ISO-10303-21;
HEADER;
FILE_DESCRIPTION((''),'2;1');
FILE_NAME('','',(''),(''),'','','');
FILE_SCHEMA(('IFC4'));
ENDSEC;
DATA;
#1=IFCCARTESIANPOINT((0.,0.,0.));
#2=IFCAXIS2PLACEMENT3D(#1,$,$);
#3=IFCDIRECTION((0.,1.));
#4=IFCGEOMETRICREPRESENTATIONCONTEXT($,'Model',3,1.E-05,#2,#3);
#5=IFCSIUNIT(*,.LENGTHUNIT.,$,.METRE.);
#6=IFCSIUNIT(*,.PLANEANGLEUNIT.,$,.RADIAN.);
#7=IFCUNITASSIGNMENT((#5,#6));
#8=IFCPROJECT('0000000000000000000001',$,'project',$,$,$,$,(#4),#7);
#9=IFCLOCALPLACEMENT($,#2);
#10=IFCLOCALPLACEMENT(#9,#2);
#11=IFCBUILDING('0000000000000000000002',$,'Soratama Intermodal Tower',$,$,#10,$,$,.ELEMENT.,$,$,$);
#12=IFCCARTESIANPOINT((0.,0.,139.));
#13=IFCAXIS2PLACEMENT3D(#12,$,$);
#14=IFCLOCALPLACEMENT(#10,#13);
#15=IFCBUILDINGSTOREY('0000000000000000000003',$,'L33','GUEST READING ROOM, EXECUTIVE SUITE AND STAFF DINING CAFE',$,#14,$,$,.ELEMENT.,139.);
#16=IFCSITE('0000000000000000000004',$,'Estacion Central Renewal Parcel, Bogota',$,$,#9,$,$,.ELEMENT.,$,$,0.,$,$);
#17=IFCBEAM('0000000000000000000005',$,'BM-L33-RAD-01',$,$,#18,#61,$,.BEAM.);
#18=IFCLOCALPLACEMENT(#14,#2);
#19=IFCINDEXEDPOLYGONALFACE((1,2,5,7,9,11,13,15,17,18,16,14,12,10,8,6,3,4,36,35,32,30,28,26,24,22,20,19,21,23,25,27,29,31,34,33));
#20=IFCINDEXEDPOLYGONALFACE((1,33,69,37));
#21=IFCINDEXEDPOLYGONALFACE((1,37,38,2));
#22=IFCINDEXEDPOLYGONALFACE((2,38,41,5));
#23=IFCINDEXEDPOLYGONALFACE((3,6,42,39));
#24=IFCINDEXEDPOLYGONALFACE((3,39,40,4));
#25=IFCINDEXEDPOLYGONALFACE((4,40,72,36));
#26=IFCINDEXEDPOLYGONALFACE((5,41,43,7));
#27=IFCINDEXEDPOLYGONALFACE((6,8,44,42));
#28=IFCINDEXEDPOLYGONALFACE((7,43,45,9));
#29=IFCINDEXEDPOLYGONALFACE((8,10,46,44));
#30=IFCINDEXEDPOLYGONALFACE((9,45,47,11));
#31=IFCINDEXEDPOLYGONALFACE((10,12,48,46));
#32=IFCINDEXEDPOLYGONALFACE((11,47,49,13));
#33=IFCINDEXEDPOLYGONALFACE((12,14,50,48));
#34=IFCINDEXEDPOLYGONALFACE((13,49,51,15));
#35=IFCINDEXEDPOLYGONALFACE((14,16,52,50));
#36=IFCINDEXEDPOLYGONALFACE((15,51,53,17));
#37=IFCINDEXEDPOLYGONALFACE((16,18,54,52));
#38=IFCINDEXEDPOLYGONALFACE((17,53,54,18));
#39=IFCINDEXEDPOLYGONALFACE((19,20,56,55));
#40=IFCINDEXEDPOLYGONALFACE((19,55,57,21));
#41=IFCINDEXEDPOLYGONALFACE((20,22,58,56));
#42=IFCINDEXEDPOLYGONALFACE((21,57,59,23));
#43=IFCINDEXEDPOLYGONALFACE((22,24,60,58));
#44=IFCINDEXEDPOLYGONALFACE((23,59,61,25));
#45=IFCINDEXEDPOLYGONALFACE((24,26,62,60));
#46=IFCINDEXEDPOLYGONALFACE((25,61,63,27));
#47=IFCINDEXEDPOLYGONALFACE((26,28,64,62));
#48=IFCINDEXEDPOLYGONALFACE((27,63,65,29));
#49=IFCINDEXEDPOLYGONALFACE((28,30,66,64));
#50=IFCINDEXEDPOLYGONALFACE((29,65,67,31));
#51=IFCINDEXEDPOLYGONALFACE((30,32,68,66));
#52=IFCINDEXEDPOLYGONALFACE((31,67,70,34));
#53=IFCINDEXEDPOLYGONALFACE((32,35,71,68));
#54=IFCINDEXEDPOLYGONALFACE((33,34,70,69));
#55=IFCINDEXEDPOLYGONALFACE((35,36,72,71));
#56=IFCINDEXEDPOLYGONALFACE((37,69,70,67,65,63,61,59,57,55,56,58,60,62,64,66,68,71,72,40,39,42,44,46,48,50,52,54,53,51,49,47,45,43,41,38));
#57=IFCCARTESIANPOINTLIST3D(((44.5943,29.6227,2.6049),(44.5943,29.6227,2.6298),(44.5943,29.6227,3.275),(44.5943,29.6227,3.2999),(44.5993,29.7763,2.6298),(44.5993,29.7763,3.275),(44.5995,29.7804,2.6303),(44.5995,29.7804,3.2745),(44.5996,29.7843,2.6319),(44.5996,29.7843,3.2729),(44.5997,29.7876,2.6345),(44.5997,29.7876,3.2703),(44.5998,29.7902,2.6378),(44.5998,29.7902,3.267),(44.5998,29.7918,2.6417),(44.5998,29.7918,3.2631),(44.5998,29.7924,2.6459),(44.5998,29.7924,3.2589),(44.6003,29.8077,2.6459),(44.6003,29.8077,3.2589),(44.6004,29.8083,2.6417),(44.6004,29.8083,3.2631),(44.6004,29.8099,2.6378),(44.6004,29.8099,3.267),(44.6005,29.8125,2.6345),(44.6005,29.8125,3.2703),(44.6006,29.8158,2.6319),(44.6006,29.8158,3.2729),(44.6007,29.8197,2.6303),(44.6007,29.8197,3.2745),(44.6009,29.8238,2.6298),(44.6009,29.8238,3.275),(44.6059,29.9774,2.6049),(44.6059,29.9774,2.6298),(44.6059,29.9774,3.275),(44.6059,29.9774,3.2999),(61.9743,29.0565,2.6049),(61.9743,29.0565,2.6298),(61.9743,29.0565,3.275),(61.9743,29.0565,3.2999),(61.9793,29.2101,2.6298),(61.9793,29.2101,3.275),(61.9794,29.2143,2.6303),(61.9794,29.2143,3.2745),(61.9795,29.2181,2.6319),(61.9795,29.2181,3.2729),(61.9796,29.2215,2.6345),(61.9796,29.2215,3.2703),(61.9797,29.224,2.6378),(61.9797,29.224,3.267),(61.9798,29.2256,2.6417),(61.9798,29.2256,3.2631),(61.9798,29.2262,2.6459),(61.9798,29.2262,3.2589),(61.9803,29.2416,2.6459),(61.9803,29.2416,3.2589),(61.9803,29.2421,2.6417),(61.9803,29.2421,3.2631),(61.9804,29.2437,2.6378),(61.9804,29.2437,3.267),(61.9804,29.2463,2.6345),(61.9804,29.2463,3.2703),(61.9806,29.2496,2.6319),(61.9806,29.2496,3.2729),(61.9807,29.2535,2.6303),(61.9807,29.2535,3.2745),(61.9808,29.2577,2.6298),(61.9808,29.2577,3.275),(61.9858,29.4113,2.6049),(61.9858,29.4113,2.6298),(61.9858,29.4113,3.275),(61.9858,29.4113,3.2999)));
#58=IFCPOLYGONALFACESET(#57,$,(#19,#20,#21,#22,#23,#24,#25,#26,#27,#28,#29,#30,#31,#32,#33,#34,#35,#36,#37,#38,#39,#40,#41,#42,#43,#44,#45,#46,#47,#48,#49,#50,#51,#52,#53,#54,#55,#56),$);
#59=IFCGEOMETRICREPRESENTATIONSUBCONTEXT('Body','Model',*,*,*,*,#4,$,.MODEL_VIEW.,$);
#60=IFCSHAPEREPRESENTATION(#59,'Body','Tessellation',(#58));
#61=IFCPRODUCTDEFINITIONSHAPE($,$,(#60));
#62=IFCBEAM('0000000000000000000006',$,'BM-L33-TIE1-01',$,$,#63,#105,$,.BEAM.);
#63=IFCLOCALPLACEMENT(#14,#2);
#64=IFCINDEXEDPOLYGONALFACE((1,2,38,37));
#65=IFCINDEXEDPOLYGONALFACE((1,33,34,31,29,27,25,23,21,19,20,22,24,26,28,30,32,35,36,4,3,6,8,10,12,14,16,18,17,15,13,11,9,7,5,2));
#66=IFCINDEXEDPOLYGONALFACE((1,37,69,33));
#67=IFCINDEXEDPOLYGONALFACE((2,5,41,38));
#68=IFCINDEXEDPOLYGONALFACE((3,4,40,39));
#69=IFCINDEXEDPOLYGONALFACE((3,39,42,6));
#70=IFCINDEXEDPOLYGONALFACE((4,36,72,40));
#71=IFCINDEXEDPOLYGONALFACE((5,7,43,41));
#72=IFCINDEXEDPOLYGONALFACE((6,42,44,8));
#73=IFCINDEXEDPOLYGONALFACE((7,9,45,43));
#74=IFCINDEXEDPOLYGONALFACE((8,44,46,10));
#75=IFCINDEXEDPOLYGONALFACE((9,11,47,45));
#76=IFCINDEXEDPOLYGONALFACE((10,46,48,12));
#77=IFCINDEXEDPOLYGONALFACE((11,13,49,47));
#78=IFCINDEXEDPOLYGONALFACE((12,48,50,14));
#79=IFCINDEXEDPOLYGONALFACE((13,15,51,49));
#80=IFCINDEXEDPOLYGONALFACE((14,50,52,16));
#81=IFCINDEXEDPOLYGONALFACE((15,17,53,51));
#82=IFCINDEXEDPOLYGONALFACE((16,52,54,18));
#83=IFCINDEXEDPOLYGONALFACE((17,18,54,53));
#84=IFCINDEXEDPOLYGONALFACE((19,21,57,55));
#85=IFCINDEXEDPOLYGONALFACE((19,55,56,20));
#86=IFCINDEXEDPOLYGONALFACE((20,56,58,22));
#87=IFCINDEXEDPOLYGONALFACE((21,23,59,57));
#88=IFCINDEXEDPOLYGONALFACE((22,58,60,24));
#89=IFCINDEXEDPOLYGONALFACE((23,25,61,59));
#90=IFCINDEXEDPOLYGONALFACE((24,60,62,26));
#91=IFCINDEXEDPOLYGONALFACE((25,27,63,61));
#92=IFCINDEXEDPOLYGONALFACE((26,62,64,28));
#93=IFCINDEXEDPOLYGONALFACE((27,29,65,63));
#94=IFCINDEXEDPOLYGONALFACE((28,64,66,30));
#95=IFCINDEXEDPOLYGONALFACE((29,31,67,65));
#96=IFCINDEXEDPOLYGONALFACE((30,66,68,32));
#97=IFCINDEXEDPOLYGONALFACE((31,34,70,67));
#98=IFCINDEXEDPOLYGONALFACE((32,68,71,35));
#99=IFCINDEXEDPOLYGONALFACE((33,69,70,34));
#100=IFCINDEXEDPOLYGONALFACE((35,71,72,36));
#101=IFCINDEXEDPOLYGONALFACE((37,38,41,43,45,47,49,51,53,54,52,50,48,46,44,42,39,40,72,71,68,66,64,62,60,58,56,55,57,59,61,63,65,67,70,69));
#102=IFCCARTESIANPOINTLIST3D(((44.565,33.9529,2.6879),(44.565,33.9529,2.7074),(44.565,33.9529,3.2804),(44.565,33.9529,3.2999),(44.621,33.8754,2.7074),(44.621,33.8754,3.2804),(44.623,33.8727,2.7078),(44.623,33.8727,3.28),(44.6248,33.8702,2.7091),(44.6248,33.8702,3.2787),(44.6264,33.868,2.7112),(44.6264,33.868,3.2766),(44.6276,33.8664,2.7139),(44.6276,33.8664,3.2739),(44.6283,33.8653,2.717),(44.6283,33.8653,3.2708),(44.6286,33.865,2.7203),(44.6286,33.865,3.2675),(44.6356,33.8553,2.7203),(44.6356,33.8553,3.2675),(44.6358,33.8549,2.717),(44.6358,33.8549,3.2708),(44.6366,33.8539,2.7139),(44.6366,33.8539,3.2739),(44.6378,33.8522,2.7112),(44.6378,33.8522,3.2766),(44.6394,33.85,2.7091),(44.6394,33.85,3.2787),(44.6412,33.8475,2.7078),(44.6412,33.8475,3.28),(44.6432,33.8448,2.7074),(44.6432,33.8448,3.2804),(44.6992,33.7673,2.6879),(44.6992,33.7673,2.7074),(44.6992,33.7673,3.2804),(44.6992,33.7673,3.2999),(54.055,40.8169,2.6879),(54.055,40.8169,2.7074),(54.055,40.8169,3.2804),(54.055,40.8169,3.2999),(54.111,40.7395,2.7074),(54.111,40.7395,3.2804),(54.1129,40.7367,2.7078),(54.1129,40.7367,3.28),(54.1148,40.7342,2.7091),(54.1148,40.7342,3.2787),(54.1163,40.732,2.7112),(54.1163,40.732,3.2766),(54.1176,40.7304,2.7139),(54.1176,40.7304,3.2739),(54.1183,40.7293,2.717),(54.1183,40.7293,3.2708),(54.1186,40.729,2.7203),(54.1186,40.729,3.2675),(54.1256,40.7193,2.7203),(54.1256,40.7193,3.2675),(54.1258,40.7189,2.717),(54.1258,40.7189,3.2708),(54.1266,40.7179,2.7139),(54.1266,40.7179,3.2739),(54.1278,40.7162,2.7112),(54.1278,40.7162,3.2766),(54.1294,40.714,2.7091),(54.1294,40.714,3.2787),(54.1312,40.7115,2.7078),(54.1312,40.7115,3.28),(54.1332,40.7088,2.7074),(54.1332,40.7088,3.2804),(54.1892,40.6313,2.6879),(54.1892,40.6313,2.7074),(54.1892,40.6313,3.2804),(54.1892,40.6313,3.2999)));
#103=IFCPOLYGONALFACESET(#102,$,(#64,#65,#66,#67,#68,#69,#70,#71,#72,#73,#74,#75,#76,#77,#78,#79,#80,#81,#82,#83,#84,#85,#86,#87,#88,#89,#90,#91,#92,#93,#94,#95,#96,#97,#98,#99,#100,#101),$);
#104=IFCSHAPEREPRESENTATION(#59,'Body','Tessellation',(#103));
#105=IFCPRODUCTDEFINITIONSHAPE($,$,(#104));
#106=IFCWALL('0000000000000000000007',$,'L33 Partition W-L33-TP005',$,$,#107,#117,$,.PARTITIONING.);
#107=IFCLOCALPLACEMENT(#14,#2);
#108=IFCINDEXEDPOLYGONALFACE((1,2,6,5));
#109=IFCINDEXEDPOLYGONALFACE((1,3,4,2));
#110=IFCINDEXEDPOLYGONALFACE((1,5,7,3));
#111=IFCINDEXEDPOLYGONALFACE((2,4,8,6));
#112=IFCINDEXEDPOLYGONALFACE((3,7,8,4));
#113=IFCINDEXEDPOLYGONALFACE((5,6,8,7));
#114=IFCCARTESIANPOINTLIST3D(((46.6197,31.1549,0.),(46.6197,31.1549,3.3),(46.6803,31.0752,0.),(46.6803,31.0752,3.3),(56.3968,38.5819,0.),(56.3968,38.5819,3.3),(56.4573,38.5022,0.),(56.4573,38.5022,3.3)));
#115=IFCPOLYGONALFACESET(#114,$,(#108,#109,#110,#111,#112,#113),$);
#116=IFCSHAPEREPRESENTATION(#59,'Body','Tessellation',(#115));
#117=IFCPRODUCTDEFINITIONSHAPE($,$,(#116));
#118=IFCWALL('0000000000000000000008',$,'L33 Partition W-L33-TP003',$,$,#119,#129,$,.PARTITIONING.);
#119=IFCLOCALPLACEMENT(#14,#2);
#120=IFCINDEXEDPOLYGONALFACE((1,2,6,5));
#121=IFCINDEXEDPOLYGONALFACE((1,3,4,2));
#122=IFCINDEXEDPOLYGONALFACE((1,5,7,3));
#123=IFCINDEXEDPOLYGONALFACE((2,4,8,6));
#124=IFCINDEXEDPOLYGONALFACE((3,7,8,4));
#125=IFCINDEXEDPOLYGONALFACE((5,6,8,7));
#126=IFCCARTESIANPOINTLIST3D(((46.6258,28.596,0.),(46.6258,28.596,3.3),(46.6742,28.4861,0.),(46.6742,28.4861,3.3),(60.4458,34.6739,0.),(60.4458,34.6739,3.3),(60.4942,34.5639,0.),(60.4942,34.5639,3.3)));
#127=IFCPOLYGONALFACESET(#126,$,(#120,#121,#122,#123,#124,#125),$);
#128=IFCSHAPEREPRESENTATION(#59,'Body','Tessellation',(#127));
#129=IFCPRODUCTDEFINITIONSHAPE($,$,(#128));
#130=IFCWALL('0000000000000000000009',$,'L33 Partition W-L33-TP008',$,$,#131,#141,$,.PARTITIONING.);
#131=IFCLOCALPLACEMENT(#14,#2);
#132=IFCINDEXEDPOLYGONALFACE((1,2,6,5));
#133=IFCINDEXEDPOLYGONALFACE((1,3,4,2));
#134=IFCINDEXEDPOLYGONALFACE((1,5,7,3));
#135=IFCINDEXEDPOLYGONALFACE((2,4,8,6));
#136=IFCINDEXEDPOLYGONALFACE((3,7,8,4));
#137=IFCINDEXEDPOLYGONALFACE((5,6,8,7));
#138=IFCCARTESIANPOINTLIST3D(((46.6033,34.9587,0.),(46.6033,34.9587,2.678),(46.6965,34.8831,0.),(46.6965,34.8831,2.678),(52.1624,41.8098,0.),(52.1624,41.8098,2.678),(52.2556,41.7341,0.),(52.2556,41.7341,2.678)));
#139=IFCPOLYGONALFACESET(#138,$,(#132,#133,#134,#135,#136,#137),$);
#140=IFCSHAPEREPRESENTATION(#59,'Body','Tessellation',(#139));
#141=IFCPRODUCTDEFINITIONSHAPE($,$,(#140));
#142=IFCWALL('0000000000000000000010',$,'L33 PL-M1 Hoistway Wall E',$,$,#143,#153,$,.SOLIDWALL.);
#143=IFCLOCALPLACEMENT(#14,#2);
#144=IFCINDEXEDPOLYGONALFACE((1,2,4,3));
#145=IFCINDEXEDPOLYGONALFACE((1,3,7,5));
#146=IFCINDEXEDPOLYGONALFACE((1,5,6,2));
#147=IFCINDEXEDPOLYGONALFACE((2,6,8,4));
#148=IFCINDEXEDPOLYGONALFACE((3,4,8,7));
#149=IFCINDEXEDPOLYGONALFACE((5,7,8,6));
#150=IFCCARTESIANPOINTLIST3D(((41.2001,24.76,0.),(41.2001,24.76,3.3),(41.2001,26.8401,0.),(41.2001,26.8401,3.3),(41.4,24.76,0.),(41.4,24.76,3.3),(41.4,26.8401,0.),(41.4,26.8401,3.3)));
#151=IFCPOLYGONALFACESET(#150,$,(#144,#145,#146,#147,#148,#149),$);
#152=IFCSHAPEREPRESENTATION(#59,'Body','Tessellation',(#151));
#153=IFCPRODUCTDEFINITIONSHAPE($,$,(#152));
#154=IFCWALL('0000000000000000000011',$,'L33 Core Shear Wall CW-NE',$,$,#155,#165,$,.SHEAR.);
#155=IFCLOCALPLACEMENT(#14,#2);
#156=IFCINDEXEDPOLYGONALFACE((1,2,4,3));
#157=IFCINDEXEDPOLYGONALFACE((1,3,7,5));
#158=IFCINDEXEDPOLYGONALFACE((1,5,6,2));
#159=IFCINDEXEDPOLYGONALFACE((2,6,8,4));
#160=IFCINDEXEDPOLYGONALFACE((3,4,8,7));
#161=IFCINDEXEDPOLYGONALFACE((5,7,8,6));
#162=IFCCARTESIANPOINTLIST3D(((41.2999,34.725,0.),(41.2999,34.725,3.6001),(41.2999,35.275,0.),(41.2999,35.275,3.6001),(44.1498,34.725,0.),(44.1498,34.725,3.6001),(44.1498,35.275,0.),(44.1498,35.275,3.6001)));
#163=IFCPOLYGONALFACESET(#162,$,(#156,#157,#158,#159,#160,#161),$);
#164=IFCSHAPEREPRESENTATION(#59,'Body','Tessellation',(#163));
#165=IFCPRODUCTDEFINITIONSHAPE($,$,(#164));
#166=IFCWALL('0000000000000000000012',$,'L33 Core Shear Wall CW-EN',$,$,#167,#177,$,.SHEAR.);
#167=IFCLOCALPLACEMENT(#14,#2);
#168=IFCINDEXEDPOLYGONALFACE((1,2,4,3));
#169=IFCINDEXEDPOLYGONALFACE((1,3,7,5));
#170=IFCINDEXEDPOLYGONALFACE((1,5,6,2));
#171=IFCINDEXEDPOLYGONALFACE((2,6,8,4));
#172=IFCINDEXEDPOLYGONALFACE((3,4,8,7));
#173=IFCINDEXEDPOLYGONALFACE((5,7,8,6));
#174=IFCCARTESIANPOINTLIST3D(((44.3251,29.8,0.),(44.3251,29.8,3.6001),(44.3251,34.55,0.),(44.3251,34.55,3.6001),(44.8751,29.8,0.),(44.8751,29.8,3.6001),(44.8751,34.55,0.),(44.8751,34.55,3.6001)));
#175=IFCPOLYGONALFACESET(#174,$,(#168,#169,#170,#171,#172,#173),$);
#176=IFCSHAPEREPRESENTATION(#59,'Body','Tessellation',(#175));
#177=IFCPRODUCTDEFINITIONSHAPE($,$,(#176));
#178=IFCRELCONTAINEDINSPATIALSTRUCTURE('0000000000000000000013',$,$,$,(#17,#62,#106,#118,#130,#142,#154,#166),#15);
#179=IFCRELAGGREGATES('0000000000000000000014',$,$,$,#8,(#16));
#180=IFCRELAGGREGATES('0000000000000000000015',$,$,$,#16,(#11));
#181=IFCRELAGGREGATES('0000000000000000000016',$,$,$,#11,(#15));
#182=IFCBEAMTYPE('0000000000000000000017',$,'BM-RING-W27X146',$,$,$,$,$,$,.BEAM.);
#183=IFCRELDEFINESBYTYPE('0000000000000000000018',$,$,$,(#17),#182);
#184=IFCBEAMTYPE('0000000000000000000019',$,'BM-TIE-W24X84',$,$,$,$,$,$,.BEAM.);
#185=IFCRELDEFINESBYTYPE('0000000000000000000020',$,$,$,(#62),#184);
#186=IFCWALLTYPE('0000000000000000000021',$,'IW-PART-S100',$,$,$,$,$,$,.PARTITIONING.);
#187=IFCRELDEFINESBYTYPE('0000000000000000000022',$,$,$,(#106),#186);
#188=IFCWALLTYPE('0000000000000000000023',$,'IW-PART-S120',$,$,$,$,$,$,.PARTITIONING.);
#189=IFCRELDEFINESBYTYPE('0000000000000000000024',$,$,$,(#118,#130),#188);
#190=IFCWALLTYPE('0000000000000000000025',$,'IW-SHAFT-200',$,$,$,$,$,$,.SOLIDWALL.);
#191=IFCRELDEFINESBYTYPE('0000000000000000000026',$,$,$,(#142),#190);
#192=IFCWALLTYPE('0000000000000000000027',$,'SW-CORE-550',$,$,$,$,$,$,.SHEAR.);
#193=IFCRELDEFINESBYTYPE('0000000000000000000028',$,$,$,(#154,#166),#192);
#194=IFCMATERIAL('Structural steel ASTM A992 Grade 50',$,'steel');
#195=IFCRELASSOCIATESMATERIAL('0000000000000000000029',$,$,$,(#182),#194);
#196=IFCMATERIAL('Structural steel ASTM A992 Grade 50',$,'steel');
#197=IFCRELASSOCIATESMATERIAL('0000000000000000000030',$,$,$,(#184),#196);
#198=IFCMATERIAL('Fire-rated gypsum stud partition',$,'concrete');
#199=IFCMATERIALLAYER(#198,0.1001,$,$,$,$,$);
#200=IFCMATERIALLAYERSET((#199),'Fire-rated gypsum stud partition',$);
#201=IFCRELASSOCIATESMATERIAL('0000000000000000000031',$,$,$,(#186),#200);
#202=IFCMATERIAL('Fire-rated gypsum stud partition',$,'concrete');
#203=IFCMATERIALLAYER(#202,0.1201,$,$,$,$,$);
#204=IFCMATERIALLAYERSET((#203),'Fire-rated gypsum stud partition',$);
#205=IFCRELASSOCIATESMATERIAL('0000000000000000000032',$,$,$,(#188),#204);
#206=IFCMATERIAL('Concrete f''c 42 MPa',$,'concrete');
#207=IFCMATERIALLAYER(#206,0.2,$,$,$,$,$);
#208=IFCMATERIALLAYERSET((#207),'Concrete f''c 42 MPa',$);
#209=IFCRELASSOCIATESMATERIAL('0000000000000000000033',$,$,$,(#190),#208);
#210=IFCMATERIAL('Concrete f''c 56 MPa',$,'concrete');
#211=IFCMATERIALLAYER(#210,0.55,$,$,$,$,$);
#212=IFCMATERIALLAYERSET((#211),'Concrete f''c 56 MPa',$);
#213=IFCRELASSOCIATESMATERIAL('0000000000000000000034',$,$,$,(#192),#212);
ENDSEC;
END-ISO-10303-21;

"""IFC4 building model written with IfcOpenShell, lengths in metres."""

from ifc_helpers import new_model, si_unit, direction, frame, frame_2d, origin, origin_2d, place, context, subcontext, project, spatial, rectangle, i_section, extrude, material, layer, layer_set, material_profile, profile_set, type_object, element, save


model = new_model("IFC4")

# Units and contexts
model_context = context("Model", 3, precision=1e-05, world=origin(), true_north=direction((0.0, 1.0)))
body_context = subcontext(model_context, "Body", "Model", "MODEL_VIEW")
ifc_project = project(units=[si_unit("LENGTHUNIT", "METRE"), si_unit("PLANEANGLEUNIT", "RADIAN")], contexts=[model_context])

# Site, building, storey
site_placement = place(None, origin())
site = spatial("IfcSite", under=ifc_project, at=site_placement, Name="Estacion Central Renewal Parcel, Bogota", CompositionType="ELEMENT", RefElevation=0.0)
building_placement = place(site_placement, origin())
building = spatial("IfcBuilding", under=site, at=building_placement, Name="Soratama Intermodal Tower", CompositionType="ELEMENT")
storey_placement = place(building_placement, frame((0.0, 0.0, 139.0)))
storey = spatial("IfcBuildingStorey", under=building, at=storey_placement, Name="L33", Description="GUEST READING ROOM, EXECUTIVE SUITE AND STAFF DINING CAFE", CompositionType="ELEMENT", Elevation=139.0)

# Beams
ifc_material_1 = material(Name="Structural steel ASTM A992 Grade 50", Category="steel")
ifc_material_profile_1 = material_profile(ifc_material_1, i_section(OverallWidth=0.355, OverallDepth=0.6951, WebThickness=0.0154, FlangeThickness=0.0249, FilletRadius=0.0161, at=origin_2d()), Name="W27X146")
ifc_profile_set_1 = profile_set([ifc_material_profile_1], Name="Structural steel ASTM A992 Grade 50")
beam_type_1 = type_object("IfcBeamType", Name="BM-RING-W27X146", PredefinedType="BEAM", material=ifc_profile_set_1)
beam_1_placement = place(storey_placement, frame((44.6001, 29.8, 2.9524), z_axis=(0.99947, -0.032558, 0.0), x_axis=(0.032558, 0.99947, 0.0)))
element("IfcBeam", 1, at=beam_1_placement, inside=storey, type_object=beam_type_1, Name="BM-L33-RAD-01", PredefinedType="BEAM", context=body_context, shape_type="SweptSolid", body=[
    extrude(i_section(OverallWidth=0.355, OverallDepth=0.6951, WebThickness=0.0154, FlangeThickness=0.0249, FilletRadius=0.0161, at=origin_2d()), origin(), (0.0, 0.0, 1.0), 17.3892),
])
ifc_material_2 = material(Name="Structural steel ASTM A992 Grade 50", Category="steel")
ifc_material_profile_2 = material_profile(ifc_material_2, i_section(OverallWidth=0.229, OverallDepth=0.6121, WebThickness=0.012, FlangeThickness=0.0195, FilletRadius=0.0129, at=origin_2d()), Name="W24X84")
ifc_profile_set_2 = profile_set([ifc_material_profile_2], Name="Structural steel ASTM A992 Grade 50")
beam_type_2 = type_object("IfcBeamType", Name="BM-TIE-W24X84", PredefinedType="BEAM", material=ifc_profile_set_2)
beam_2_placement = place(storey_placement, frame((44.6321, 33.8601, 2.9939), z_axis=(0.810268, 0.586059, 0.0), x_axis=(-0.586059, 0.810268, 0.0)))
element("IfcBeam", 2, at=beam_2_placement, inside=storey, type_object=beam_type_2, Name="BM-L33-TIE1-01", PredefinedType="BEAM", context=body_context, shape_type="SweptSolid", body=[
    extrude(i_section(OverallWidth=0.229, OverallDepth=0.6121, WebThickness=0.012, FlangeThickness=0.0195, FilletRadius=0.0129, at=origin_2d()), origin(), (0.0, 0.0, 1.0), 11.7122),
])

# Walls
ifc_material_3 = material(Name="Fire-rated gypsum stud partition", Category="concrete")
ifc_layer_1 = layer(ifc_material_3, 0.1001)
ifc_layer_set_1 = layer_set([ifc_layer_1], Name="Fire-rated gypsum stud partition")
wall_type_1 = type_object("IfcWallType", Name="IW-PART-S100", PredefinedType="PARTITIONING", material=ifc_layer_set_1)
wall_1_placement = place(storey_placement, frame((46.6499, 31.115, 0.0), z_axis=(0.0, 0.0, 1.0), x_axis=(0.796303, 0.604898, 0.0)))
element("IfcWall", 3, at=wall_1_placement, inside=storey, type_object=wall_type_1, Name="L33 Partition W-L33-TP005", PredefinedType="PARTITIONING", context=body_context, shape_type="SweptSolid", body=[
    extrude(rectangle(XDim=12.2781, YDim=0.1001, at=frame_2d((6.1392, 0.0))), origin(), (0.0, 0.0, 1.0), 3.3),
])
ifc_material_4 = material(Name="Fire-rated gypsum stud partition", Category="concrete")
ifc_layer_2 = layer(ifc_material_4, 0.1201)
ifc_layer_set_2 = layer_set([ifc_layer_2], Name="Fire-rated gypsum stud partition")
wall_type_2 = type_object("IfcWallType", Name="IW-PART-S120", PredefinedType="PARTITIONING", material=ifc_layer_set_2)
wall_2_placement = place(storey_placement, frame((46.6499, 28.541, 0.0), z_axis=(0.0, 0.0, 1.0), x_axis=(0.915387, 0.402575, 0.0)))
element("IfcWall", 4, at=wall_2_placement, inside=storey, type_object=wall_type_2, Name="L33 Partition W-L33-TP003", PredefinedType="PARTITIONING", context=body_context, shape_type="SweptSolid", body=[
    extrude(rectangle(XDim=15.0974, YDim=0.1201, at=frame_2d((7.5488, 0.0))), origin(), (0.0, 0.0, 1.0), 3.3),
])
wall_3_placement = place(storey_placement, frame((46.6499, 34.9209, 0.0), z_axis=(0.0, 0.0, 1.0), x_axis=(0.630086, 0.776525, 0.0)))
element("IfcWall", 5, at=wall_3_placement, inside=storey, type_object=wall_type_2, Name="L33 Partition W-L33-TP008", PredefinedType="PARTITIONING", context=body_context, shape_type="SweptSolid", body=[
    extrude(rectangle(XDim=8.8228, YDim=0.1201, at=frame_2d((4.4114, 0.0))), origin(), (0.0, 0.0, 1.0), 2.678),
])
ifc_material_5 = material(Name="Concrete f'c 42 MPa", Category="concrete")
ifc_layer_3 = layer(ifc_material_5, 0.2)
ifc_layer_set_3 = layer_set([ifc_layer_3], Name="Concrete f'c 42 MPa")
wall_type_3 = type_object("IfcWallType", Name="IW-SHAFT-200", PredefinedType="SOLIDWALL", material=ifc_layer_set_3)
wall_4_placement = place(storey_placement, frame((41.3, 24.76, 0.0), z_axis=(0.0, 0.0, 1.0), x_axis=(0.0, 1.0, 0.0)))
element("IfcWall", 6, at=wall_4_placement, inside=storey, type_object=wall_type_3, Name="L33 PL-M1 Hoistway Wall E", PredefinedType="SOLIDWALL", context=body_context, shape_type="SweptSolid", body=[
    extrude(rectangle(XDim=2.0801, YDim=0.2, at=frame_2d((1.04, 0.0))), origin(), (0.0, 0.0, 1.0), 3.3),
])
ifc_material_6 = material(Name="Concrete f'c 56 MPa", Category="concrete")
ifc_layer_4 = layer(ifc_material_6, 0.55)
ifc_layer_set_4 = layer_set([ifc_layer_4], Name="Concrete f'c 56 MPa")
wall_type_4 = type_object("IfcWallType", Name="SW-CORE-550", PredefinedType="SHEAR", material=ifc_layer_set_4)
wall_5_placement = place(storey_placement, frame((41.3, 35.0, 0.0), z_axis=(0.0, 0.0, 1.0), x_axis=(1.0, 0.0, 0.0)))
element("IfcWall", 7, at=wall_5_placement, inside=storey, type_object=wall_type_4, Name="L33 Core Shear Wall CW-NE", PredefinedType="SHEAR", context=body_context, shape_type="SweptSolid", body=[
    extrude(rectangle(XDim=2.8499, YDim=0.55, at=frame_2d((1.4248, 0.0))), origin(), (0.0, 0.0, 1.0), 3.6001),
])
wall_6_placement = place(storey_placement, frame((44.6001, 29.8, 0.0), z_axis=(0.0, 0.0, 1.0), x_axis=(0.0, 1.0, 0.0)))
element("IfcWall", 8, at=wall_6_placement, inside=storey, type_object=wall_type_4, Name="L33 Core Shear Wall CW-EN", PredefinedType="SHEAR", context=body_context, shape_type="SweptSolid", body=[
    extrude(rectangle(XDim=4.75, YDim=0.55, at=frame_2d((2.375, 0.0))), origin(), (0.0, 0.0, 1.0), 3.6001),
])

save(model, "model.ifc")
